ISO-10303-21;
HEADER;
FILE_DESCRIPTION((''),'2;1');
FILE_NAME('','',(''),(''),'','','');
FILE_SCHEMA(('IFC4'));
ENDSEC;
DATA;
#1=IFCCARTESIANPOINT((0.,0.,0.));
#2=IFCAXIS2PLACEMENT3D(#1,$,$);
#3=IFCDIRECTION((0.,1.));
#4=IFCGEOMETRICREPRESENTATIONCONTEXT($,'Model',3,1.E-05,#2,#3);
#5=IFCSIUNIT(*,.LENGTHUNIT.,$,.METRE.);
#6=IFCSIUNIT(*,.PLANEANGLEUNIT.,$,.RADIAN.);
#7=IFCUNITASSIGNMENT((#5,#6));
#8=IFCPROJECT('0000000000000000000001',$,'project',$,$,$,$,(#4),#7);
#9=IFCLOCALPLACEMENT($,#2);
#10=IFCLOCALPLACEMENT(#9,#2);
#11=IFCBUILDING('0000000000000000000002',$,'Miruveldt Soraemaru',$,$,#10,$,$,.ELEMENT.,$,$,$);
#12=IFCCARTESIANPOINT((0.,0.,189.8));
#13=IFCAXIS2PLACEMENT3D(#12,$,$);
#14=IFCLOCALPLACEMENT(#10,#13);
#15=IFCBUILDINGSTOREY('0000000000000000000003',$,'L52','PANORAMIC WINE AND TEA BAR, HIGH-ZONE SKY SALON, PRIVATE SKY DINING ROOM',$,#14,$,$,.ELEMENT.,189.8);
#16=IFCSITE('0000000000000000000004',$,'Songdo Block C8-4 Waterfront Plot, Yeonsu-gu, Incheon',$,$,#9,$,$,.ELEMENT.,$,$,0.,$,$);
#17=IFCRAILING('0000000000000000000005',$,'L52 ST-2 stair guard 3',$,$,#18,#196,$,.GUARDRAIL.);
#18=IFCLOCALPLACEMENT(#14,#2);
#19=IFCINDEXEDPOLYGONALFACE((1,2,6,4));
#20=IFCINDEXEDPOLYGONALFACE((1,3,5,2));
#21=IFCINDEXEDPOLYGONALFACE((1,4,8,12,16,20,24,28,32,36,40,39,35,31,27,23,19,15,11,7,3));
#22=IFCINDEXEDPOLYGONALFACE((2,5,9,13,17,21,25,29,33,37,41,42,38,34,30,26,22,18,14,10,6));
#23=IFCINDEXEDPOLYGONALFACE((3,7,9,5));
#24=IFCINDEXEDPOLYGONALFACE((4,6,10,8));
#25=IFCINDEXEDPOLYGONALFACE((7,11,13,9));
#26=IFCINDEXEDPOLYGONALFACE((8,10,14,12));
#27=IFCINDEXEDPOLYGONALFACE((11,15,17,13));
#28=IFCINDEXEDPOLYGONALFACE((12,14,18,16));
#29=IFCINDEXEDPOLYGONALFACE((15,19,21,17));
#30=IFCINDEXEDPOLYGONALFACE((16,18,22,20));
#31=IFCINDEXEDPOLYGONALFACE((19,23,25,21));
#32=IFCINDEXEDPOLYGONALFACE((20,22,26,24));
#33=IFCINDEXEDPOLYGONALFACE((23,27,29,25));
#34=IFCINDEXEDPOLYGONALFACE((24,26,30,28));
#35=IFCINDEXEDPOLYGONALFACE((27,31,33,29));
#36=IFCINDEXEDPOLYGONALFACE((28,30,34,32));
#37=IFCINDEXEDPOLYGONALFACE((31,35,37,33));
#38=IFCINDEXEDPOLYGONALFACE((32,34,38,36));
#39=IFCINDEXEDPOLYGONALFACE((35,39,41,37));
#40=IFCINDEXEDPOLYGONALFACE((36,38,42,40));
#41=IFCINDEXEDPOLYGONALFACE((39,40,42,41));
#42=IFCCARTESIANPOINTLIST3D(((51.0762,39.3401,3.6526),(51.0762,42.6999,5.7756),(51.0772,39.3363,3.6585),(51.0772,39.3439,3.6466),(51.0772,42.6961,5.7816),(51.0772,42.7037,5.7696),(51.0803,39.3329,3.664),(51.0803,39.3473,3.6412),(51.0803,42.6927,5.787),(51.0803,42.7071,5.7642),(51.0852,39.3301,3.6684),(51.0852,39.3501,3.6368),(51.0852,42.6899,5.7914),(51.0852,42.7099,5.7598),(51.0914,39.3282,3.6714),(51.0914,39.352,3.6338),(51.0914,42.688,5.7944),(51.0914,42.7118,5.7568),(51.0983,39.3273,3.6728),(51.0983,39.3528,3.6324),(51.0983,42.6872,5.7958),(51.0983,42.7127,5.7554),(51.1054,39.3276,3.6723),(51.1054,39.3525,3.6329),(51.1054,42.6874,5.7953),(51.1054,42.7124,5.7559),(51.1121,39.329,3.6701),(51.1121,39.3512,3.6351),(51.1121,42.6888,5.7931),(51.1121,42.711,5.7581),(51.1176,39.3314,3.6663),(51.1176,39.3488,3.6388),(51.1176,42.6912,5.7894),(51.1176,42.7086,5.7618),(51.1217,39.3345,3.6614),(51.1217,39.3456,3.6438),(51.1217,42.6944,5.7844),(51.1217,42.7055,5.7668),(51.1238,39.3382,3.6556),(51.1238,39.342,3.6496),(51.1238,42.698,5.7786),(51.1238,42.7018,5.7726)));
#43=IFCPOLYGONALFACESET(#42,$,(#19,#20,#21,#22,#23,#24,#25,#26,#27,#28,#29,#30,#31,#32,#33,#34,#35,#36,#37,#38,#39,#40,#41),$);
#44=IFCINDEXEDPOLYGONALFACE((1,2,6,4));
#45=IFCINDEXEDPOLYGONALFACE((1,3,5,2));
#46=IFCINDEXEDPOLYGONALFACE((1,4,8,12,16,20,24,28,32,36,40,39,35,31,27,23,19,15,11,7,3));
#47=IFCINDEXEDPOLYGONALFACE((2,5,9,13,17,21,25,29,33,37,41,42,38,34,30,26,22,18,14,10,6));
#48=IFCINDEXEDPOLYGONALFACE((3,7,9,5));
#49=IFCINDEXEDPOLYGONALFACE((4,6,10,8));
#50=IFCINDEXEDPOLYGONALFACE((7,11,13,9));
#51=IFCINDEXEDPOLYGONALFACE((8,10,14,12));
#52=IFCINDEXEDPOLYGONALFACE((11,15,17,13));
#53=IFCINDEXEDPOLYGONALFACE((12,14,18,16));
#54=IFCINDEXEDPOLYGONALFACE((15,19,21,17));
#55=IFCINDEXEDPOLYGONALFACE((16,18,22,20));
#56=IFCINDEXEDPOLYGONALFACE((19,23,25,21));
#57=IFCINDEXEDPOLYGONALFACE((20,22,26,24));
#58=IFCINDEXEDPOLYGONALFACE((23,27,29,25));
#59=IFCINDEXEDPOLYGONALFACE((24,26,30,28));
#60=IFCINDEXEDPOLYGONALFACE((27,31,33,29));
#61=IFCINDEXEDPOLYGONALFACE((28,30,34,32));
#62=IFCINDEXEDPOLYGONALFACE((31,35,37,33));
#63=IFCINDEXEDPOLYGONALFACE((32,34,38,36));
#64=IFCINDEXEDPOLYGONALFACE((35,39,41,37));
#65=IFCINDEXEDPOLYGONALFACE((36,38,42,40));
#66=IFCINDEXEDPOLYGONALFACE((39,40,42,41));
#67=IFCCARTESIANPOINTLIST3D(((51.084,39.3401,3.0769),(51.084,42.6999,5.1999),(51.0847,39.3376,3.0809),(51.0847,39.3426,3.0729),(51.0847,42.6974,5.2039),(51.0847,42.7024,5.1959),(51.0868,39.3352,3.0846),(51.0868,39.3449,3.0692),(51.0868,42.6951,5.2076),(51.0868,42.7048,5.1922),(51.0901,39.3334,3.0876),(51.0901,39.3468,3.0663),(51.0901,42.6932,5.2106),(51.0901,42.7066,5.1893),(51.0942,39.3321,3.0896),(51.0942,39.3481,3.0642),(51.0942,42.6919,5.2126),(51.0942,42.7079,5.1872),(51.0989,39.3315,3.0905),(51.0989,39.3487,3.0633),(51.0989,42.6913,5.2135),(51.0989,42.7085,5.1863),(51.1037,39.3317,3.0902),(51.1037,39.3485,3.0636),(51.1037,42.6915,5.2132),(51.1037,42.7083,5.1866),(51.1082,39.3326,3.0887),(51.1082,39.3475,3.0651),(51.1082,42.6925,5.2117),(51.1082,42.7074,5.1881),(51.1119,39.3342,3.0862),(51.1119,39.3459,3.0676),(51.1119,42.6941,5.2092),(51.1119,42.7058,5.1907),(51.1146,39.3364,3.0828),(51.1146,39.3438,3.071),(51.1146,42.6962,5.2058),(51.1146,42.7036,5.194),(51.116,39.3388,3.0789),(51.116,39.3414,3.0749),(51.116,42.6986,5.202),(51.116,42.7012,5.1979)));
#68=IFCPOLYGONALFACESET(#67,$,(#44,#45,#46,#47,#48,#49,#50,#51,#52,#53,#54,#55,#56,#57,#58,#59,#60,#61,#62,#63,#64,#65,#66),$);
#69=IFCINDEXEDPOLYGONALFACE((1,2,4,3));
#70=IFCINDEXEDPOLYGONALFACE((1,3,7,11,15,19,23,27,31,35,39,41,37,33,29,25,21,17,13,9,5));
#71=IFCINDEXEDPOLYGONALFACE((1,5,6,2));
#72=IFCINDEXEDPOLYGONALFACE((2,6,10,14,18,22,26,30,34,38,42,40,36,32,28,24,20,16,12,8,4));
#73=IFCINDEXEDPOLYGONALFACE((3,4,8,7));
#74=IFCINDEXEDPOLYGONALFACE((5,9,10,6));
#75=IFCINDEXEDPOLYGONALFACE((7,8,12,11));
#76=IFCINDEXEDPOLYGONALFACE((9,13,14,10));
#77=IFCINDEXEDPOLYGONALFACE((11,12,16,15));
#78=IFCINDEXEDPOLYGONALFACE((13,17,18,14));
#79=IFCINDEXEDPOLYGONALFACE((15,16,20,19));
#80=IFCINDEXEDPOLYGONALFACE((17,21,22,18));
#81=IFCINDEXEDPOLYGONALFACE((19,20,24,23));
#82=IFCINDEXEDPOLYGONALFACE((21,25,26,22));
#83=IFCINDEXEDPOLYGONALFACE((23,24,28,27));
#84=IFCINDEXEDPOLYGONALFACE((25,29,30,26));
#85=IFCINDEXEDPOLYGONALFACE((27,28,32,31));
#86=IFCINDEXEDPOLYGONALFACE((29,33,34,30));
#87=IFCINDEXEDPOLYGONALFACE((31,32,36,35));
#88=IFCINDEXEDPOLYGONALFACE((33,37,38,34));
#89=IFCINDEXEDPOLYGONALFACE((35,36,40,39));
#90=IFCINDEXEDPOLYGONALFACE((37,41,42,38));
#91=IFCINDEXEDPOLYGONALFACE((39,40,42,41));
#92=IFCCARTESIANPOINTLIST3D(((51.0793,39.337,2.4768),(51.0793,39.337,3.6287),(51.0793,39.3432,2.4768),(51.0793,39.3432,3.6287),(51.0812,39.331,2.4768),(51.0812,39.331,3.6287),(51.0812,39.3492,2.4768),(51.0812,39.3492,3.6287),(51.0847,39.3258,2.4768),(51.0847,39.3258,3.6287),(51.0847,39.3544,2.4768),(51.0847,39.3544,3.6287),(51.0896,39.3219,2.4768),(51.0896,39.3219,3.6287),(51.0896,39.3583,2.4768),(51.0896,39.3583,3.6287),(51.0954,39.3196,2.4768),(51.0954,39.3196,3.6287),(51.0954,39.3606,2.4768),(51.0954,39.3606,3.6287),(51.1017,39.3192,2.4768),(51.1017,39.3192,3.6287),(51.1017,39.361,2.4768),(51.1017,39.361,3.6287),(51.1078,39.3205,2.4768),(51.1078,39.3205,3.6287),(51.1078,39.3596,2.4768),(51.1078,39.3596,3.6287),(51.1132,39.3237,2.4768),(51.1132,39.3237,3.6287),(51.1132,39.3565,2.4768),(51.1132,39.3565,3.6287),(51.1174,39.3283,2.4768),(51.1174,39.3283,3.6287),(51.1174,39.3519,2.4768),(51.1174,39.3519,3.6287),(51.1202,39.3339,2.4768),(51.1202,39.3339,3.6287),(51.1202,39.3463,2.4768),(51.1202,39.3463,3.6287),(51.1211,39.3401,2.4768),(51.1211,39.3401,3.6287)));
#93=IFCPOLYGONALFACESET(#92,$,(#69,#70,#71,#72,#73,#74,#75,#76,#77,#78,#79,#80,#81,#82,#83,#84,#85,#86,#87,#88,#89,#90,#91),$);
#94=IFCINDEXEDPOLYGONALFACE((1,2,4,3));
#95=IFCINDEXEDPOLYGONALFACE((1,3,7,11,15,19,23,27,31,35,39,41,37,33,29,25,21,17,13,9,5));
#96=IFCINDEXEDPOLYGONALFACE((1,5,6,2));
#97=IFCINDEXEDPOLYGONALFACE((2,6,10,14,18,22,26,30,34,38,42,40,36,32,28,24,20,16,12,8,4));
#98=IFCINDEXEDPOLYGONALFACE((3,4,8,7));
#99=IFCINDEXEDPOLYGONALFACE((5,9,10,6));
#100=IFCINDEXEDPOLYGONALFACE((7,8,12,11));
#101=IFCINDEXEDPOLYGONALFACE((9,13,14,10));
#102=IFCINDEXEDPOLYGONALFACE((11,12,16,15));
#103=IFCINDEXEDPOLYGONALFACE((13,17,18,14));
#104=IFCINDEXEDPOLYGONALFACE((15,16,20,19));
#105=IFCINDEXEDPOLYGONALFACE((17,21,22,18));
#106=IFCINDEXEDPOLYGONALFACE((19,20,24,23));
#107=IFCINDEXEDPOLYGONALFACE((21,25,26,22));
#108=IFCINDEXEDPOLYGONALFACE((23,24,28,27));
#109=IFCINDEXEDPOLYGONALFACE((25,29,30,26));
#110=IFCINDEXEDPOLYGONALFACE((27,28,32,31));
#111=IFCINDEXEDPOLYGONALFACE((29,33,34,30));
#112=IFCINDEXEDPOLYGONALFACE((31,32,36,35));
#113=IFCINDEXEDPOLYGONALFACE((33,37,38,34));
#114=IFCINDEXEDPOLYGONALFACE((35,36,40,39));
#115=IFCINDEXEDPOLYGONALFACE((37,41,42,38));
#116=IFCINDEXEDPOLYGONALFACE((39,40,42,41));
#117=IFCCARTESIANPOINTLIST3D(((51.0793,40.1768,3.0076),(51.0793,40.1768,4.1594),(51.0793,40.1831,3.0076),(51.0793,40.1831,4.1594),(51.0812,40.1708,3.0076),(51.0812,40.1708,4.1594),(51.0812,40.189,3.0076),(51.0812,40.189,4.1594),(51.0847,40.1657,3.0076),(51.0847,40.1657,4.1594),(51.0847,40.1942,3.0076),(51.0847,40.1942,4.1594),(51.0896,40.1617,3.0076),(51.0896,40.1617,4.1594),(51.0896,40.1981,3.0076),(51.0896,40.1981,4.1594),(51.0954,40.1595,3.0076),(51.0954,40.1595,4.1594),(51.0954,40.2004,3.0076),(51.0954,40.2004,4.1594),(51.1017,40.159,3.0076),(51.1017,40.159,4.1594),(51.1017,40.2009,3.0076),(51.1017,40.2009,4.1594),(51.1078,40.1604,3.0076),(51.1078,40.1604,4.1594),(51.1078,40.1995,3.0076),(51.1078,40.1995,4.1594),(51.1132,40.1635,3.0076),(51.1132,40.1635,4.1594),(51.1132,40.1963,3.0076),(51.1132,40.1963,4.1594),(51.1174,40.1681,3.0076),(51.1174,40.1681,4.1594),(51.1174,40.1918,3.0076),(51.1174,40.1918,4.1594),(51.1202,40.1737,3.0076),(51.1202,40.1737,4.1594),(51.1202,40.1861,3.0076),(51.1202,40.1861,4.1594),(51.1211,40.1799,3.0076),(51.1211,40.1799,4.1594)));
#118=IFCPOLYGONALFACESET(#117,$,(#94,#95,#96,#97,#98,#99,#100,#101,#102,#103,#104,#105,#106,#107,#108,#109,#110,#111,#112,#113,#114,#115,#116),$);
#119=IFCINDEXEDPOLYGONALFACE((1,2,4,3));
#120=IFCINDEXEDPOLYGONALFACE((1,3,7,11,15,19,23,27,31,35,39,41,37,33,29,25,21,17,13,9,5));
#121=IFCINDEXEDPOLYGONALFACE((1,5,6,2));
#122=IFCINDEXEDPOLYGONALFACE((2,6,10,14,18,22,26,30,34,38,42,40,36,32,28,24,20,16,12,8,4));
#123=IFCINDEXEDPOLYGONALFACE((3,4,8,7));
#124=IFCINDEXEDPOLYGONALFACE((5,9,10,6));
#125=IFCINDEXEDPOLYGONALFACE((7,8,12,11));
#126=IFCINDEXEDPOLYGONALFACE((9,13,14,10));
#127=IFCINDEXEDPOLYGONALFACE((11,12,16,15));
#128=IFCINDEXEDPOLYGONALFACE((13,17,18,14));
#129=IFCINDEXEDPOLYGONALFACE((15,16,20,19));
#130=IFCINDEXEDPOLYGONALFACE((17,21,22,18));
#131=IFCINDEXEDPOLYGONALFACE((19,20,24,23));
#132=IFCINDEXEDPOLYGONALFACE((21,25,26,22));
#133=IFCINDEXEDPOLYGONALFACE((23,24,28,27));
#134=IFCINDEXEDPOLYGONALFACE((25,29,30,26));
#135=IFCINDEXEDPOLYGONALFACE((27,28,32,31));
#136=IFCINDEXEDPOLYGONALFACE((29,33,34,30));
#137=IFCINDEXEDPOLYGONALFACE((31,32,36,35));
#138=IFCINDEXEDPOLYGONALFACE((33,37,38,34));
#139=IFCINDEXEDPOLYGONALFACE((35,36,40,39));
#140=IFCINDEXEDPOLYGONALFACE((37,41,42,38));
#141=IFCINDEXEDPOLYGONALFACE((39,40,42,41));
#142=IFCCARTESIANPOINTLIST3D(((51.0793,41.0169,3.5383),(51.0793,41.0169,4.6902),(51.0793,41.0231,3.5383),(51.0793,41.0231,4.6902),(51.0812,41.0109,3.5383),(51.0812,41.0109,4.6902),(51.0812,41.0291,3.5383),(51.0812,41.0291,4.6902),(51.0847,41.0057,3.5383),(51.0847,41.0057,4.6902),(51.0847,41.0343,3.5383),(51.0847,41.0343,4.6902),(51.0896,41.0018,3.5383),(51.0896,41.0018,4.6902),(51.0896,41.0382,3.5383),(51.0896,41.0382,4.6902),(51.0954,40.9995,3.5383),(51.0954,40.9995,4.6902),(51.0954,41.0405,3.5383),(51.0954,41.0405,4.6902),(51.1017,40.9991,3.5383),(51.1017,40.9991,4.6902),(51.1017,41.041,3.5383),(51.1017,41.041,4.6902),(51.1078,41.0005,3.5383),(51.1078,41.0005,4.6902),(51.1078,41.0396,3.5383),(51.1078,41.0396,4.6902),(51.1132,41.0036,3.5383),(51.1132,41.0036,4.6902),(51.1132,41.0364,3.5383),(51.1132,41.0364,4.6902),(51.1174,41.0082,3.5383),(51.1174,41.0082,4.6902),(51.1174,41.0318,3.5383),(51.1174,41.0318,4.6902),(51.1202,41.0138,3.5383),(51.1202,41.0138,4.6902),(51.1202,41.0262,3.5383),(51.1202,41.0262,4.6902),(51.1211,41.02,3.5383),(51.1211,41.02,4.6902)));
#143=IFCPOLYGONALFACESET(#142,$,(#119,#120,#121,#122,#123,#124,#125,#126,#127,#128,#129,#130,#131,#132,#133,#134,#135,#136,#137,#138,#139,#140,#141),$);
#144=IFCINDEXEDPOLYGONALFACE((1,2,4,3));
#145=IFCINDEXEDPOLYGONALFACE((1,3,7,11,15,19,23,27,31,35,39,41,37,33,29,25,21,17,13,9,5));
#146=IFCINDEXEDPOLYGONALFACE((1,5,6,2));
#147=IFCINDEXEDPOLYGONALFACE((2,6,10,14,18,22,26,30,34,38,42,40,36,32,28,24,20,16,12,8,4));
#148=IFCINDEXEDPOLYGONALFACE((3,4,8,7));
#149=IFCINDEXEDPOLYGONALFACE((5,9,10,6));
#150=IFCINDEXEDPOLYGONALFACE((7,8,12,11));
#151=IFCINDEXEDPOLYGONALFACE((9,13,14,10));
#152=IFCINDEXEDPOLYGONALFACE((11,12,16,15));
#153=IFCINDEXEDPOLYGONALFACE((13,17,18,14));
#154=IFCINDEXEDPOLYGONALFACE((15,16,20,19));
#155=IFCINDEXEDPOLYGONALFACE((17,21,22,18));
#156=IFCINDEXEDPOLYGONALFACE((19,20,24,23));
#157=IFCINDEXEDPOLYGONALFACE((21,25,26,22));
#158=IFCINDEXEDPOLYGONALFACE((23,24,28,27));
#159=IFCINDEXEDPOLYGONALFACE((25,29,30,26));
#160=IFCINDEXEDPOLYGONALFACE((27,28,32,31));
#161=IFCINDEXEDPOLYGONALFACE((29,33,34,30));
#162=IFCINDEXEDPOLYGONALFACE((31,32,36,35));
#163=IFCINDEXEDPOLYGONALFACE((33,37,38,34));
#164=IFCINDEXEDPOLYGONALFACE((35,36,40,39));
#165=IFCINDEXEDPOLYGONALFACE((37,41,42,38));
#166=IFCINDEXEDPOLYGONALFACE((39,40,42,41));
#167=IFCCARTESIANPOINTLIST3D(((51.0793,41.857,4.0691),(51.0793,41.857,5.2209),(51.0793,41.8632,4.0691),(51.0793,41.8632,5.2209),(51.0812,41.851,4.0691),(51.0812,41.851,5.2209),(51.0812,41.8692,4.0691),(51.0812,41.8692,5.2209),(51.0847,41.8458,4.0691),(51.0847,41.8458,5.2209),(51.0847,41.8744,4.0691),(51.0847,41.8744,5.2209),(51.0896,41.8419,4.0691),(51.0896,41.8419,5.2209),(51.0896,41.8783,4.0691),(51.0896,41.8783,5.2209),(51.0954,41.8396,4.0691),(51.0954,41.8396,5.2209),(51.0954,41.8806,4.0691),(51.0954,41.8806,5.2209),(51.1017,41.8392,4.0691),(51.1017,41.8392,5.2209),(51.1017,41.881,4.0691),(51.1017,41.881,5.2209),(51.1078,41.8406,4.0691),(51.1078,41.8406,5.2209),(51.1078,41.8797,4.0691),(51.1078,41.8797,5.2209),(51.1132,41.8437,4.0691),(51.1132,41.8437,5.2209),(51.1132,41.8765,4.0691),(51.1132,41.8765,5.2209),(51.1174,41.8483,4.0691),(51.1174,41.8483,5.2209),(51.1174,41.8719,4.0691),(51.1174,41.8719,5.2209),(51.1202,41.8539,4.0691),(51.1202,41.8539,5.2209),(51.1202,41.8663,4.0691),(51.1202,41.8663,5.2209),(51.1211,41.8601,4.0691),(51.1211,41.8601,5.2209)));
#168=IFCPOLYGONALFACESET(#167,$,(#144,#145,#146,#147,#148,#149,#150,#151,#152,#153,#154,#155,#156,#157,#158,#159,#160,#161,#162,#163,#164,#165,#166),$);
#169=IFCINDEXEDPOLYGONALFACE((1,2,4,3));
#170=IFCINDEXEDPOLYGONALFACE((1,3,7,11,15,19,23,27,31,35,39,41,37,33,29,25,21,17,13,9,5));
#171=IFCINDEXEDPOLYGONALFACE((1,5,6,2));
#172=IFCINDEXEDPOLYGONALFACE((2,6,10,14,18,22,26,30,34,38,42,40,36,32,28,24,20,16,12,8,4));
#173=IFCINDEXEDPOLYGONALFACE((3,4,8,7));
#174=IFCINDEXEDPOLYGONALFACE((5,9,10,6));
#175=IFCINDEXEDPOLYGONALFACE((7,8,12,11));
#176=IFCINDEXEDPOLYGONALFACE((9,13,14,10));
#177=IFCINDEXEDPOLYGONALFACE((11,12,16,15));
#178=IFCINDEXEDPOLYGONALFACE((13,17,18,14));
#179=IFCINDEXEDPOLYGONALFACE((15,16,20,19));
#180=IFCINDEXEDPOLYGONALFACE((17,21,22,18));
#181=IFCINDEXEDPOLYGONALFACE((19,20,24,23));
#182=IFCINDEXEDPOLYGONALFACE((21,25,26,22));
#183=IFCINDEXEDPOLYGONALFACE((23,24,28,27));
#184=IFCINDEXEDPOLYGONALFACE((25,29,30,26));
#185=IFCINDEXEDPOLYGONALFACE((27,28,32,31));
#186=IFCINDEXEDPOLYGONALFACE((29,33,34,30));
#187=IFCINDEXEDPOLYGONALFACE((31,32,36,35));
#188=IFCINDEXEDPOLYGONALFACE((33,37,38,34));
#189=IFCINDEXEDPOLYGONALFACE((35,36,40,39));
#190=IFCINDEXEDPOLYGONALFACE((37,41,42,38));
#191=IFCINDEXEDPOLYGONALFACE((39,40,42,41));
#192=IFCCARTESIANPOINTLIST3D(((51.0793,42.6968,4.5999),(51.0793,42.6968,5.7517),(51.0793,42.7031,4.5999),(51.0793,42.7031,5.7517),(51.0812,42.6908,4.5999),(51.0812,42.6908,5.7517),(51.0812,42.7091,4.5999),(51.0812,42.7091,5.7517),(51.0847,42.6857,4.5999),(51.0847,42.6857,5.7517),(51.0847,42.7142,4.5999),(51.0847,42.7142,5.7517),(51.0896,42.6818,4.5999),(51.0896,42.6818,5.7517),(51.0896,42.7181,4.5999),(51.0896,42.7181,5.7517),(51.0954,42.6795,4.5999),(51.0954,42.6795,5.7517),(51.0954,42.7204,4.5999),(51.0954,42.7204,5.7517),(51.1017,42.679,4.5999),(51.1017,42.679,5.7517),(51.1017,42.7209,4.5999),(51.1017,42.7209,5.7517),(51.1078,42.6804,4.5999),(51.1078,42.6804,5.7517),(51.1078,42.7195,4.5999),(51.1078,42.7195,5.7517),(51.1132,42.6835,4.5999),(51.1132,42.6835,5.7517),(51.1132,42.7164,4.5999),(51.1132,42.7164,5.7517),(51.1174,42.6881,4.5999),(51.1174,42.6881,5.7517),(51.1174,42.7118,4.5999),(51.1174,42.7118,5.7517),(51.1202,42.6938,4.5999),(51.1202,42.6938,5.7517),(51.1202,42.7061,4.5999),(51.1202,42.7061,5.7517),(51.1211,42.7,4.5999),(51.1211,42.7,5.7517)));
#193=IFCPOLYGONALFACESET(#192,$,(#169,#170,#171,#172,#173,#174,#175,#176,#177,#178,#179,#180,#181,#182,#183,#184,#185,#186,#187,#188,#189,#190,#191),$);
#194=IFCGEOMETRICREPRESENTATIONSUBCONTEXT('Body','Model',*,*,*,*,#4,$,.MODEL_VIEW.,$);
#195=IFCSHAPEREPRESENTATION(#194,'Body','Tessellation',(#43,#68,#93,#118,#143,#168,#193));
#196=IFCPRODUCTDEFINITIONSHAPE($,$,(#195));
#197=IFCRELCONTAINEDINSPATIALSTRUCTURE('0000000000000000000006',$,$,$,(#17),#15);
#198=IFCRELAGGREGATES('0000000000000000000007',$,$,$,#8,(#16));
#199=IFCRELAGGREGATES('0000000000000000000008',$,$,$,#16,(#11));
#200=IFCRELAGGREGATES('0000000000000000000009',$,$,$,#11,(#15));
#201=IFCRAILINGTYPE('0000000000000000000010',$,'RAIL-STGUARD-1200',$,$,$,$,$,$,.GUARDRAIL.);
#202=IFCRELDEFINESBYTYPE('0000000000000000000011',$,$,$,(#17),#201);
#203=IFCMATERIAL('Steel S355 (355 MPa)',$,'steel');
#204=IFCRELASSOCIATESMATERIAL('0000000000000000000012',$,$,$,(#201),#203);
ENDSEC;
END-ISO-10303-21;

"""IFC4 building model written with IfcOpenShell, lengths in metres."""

from ifc_helpers import new_model, si_unit, direction, frame, origin, origin_2d, place, context, subcontext, project, spatial, circle, extrude, material, type_object, element, save


model = new_model("IFC4")

# Units and contexts
model_context = context("Model", 3, precision=1e-05, world=origin(), true_north=direction((0.0, 1.0)))
body_context = subcontext(model_context, "Body", "Model", "MODEL_VIEW")
ifc_project = project(units=[si_unit("LENGTHUNIT", "METRE"), si_unit("PLANEANGLEUNIT", "RADIAN")], contexts=[model_context])

# Site, building, storey
site_placement = place(None, origin())
site = spatial("IfcSite", under=ifc_project, at=site_placement, Name="Songdo Block C8-4 Waterfront Plot, Yeonsu-gu, Incheon", CompositionType="ELEMENT", RefElevation=0.0)
building_placement = place(site_placement, origin())
building = spatial("IfcBuilding", under=site, at=building_placement, Name="Miruveldt Soraemaru", CompositionType="ELEMENT")
storey_placement = place(building_placement, frame((0.0, 0.0, 189.8)))
storey = spatial("IfcBuildingStorey", under=building, at=storey_placement, Name="L52", Description="PANORAMIC WINE AND TEA BAR, HIGH-ZONE SKY SALON, PRIVATE SKY DINING ROOM", CompositionType="ELEMENT", Elevation=189.8)

# Railing
ifc_material_1 = material(Name="Steel S355 (355 MPa)", Category="steel")
railing_type_1 = type_object("IfcRailingType", Name="RAIL-STGUARD-1200", PredefinedType="GUARDRAIL", material=ifc_material_1)
railing_1_placement = place(storey_placement, frame((51.1001, 39.3401, 2.4768)))
element("IfcRailing", 1, at=railing_1_placement, inside=storey, type_object=railing_type_1, Name="L52 ST-2 stair guard 3", PredefinedType="GUARDRAIL", context=body_context, shape_type="SweptSolid", body=[
    extrude(circle(Radius=0.0239, at=origin_2d()), frame((0.0, 0.0, 1.1758), z_axis=(0.0, 0.845372, 0.534178), x_axis=(-1.0, 0.0, 0.0)), (0.0, 0.0, 1.0), 3.9744),
    extrude(circle(Radius=0.0161, at=origin_2d()), frame((0.0, 0.0, 0.6001), z_axis=(0.0, 0.845372, 0.534178), x_axis=(-1.0, 0.0, 0.0)), (0.0, 0.0, 1.0), 3.9744),
    extrude(circle(Radius=0.021, at=origin_2d()), origin(), (0.0, 0.0, 1.0), 1.1519),
    extrude(circle(Radius=0.021, at=origin_2d()), frame((0.0, 0.8398, 0.5308)), (0.0, 0.0, 1.0), 1.1519),
    extrude(circle(Radius=0.021, at=origin_2d()), frame((0.0, 1.6799, 1.0615)), (0.0, 0.0, 1.0), 1.1519),
    extrude(circle(Radius=0.021, at=origin_2d()), frame((0.0, 2.52, 1.5923)), (0.0, 0.0, 1.0), 1.1519),
    extrude(circle(Radius=0.021, at=origin_2d()), frame((0.0, 3.3599, 2.123)), (0.0, 0.0, 1.0), 1.1519),
])

save(model, "model.ifc")
